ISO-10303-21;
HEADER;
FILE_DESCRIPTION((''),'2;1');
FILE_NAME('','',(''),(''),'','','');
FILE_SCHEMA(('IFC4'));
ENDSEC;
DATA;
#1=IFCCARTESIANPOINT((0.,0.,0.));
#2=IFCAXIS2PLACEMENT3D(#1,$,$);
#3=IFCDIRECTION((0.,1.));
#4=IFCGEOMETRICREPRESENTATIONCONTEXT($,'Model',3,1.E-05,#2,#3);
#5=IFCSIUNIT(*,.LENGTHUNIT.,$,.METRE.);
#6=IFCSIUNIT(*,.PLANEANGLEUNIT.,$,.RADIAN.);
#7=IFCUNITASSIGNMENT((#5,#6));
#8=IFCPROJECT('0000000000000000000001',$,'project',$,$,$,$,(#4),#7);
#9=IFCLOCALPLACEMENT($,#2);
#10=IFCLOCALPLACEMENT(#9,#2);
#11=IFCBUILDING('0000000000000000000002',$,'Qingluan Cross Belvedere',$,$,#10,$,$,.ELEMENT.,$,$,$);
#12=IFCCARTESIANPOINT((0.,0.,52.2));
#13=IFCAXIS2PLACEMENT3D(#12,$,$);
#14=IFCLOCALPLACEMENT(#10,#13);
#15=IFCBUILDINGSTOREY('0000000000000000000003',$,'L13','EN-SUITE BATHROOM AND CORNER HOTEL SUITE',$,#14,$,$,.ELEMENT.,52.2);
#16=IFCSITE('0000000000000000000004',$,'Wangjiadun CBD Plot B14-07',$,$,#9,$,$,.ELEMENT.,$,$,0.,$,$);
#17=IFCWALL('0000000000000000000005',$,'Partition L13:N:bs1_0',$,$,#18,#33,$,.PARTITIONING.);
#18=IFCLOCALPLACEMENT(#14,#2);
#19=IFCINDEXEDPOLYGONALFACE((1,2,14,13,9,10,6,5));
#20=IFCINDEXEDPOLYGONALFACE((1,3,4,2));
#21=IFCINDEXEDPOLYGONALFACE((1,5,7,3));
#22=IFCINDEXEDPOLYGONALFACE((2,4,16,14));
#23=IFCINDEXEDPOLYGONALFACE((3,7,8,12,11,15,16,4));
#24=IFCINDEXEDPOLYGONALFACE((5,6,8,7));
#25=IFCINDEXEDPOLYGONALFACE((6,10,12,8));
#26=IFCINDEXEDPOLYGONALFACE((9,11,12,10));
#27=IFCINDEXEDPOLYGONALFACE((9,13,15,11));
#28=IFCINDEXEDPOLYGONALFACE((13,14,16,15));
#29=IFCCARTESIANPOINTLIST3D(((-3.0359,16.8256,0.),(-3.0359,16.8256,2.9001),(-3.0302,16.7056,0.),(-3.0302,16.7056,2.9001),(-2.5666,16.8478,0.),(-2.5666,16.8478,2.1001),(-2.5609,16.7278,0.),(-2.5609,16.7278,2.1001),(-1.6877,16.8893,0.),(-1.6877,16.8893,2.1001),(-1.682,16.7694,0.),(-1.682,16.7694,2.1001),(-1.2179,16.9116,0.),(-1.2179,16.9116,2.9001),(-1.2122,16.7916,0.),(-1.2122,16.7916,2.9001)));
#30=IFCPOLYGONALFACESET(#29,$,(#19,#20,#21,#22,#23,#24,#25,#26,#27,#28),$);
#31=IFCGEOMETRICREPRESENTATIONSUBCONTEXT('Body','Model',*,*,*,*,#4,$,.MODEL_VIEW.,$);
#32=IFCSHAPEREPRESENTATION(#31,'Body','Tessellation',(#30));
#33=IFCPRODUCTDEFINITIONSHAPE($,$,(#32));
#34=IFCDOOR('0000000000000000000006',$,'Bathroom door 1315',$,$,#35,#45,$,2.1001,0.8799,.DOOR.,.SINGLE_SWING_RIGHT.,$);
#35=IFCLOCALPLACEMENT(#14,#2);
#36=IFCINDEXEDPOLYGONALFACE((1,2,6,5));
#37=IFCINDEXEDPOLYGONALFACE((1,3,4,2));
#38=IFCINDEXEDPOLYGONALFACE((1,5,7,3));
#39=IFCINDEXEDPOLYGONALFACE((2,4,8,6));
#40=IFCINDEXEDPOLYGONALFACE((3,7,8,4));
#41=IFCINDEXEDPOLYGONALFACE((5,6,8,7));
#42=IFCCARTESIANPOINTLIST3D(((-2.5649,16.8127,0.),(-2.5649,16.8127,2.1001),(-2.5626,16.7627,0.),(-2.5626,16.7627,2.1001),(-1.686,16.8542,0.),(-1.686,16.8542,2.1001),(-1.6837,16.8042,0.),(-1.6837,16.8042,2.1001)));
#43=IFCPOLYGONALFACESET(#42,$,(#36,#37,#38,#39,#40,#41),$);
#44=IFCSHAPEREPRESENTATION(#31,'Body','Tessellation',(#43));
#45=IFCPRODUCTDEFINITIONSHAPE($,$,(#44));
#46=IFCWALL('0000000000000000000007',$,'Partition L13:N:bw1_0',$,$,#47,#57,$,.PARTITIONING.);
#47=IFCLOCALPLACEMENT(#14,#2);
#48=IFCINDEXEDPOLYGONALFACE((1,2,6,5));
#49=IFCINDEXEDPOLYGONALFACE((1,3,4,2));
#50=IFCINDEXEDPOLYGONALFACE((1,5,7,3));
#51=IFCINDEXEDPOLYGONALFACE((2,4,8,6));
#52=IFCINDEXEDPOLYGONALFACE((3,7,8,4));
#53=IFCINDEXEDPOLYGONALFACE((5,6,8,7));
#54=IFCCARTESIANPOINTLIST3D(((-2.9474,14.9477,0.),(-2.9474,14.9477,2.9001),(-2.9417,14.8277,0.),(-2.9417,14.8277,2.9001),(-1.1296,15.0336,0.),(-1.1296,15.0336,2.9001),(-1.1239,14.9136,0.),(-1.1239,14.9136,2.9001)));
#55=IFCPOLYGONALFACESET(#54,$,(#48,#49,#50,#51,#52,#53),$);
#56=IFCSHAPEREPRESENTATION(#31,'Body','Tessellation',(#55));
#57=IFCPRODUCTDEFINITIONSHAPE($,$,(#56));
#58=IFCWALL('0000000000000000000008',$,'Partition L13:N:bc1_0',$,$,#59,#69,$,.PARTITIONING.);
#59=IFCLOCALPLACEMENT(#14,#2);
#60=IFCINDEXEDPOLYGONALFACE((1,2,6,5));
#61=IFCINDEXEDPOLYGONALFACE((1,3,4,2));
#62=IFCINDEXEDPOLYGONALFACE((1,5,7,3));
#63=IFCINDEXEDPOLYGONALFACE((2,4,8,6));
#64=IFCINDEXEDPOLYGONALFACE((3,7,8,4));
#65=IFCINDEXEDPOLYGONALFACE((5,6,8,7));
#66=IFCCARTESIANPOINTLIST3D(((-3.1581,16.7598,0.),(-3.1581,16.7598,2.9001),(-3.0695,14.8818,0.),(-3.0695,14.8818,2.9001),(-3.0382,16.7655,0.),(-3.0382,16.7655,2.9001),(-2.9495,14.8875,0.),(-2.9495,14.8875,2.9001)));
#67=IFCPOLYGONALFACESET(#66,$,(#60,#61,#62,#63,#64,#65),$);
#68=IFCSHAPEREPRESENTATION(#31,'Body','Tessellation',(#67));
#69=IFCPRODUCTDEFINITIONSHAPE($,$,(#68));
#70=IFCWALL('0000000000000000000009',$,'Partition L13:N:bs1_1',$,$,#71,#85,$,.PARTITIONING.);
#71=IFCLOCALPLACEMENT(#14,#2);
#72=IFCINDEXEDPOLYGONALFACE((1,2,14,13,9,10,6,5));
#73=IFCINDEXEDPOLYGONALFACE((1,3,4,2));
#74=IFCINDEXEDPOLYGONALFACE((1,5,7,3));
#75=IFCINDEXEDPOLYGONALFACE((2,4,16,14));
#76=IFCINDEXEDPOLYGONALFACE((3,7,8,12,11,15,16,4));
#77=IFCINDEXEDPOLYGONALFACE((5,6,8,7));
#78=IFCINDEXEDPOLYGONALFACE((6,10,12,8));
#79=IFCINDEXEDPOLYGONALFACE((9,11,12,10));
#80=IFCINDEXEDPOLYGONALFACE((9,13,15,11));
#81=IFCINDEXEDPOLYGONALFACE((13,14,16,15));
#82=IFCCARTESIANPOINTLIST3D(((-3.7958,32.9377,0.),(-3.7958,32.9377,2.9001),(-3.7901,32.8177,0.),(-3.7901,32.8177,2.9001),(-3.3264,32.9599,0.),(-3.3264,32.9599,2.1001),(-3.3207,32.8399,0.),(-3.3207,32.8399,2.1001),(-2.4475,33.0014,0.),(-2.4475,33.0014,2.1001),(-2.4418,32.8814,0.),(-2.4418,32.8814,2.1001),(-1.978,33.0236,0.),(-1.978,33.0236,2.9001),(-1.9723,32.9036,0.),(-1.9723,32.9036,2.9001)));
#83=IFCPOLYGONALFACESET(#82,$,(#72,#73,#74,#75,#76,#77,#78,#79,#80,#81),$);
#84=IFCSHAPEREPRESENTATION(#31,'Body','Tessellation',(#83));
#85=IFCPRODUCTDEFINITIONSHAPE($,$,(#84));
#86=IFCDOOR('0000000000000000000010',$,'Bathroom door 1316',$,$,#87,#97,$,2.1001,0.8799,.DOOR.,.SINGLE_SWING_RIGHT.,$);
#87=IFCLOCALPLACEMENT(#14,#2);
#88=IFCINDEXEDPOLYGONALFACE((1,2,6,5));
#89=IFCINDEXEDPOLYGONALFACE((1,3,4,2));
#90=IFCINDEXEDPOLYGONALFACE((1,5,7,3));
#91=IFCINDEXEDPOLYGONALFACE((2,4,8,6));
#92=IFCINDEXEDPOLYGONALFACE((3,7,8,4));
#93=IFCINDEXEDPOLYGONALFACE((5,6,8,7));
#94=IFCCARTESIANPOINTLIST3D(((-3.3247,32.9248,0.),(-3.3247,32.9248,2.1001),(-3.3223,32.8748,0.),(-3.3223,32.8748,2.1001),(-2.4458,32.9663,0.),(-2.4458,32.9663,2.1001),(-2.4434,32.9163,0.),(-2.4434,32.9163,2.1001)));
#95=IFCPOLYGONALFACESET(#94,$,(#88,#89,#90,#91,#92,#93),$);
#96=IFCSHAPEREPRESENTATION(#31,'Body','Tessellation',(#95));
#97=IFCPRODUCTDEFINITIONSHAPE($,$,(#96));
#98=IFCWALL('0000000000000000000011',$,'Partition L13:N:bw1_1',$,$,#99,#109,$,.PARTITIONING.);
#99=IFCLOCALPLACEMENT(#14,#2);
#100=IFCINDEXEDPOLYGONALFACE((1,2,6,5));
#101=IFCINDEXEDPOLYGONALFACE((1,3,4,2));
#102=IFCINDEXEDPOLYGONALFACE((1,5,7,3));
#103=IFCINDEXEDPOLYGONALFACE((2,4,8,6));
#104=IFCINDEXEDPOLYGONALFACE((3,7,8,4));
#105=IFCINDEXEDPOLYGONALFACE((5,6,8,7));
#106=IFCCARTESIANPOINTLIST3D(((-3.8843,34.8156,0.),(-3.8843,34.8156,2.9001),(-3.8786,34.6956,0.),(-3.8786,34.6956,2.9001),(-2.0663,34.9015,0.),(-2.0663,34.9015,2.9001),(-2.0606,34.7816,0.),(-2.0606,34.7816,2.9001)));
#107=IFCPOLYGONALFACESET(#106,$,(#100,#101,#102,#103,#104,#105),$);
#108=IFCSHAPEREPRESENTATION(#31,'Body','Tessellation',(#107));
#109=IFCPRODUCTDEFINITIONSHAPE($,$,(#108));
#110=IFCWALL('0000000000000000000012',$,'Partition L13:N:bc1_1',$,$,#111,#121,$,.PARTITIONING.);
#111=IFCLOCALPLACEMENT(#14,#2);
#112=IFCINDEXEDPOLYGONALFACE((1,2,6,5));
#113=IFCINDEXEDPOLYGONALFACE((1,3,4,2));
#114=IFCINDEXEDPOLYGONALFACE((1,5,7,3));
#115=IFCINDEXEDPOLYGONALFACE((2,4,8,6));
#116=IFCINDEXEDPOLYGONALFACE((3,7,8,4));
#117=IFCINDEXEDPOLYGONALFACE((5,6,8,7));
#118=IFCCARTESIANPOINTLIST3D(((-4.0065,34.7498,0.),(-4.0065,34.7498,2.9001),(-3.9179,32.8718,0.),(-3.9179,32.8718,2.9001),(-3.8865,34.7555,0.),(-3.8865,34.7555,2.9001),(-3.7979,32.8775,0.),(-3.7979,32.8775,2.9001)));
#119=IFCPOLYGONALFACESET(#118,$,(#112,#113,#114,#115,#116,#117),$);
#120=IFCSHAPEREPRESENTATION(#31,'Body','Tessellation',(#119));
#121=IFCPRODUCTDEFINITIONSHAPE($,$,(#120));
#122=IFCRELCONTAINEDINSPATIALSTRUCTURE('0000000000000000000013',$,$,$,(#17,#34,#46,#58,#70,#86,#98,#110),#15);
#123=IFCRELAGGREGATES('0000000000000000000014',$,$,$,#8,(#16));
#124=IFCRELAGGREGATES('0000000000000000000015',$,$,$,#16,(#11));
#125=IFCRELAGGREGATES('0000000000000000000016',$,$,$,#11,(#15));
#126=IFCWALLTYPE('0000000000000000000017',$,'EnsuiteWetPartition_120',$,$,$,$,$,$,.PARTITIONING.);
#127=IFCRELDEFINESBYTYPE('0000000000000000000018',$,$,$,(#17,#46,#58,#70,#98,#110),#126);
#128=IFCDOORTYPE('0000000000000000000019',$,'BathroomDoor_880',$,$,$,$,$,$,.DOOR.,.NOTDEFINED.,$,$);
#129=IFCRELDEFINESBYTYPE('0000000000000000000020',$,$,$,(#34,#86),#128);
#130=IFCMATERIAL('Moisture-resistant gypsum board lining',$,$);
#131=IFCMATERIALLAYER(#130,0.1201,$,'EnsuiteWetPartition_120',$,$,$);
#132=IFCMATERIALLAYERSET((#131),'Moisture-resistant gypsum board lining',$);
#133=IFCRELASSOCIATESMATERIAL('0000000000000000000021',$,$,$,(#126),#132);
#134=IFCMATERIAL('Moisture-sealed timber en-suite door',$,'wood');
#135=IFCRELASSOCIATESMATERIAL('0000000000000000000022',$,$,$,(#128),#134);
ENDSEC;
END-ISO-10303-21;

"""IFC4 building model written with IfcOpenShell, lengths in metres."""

from ifc_helpers import new_model, si_unit, direction, frame, frame_2d, origin, place, context, subcontext, project, spatial, rectangle, extrude, material, layer, layer_set, type_object, element, fill, save


model = new_model("IFC4")

# Units and contexts
model_context = context("Model", 3, precision=1e-05, world=origin(), true_north=direction((0.0, 1.0)))
body_context = subcontext(model_context, "Body", "Model", "MODEL_VIEW")
ifc_project = project(units=[si_unit("LENGTHUNIT", "METRE"), si_unit("PLANEANGLEUNIT", "RADIAN")], contexts=[model_context])

# Site, building, storey
site_placement = place(None, origin())
site = spatial("IfcSite", under=ifc_project, at=site_placement, Name="Wangjiadun CBD Plot B14-07", CompositionType="ELEMENT", RefElevation=0.0)
building_placement = place(site_placement, origin())
building = spatial("IfcBuilding", under=site, at=building_placement, Name="Qingluan Cross Belvedere", CompositionType="ELEMENT")
storey_placement = place(building_placement, frame((0.0, 0.0, 52.2)))
storey = spatial("IfcBuildingStorey", under=building, at=storey_placement, Name="L13", Description="EN-SUITE BATHROOM AND CORNER HOTEL SUITE", CompositionType="ELEMENT", Elevation=52.2)

# Wall, opening, door
ifc_material_1 = material(Name="Moisture-resistant gypsum board lining")
ifc_layer_1 = layer(ifc_material_1, 0.1201, Name="EnsuiteWetPartition_120")
ifc_layer_set_1 = layer_set([ifc_layer_1], Name="Moisture-resistant gypsum board lining")
wall_type_1 = type_object("IfcWallType", Name="EnsuiteWetPartition_120", PredefinedType="PARTITIONING", material=ifc_layer_set_1)
wall_1_placement = place(storey_placement, frame((-3.0332, 16.7656, 0.0), z_axis=(0.0, 0.0, 1.0), x_axis=(0.998885, 0.047215, 0.0)))
wall_1 = element("IfcWall", 1, at=wall_1_placement, inside=storey, type_object=wall_type_1, Name="Partition L13:N:bs1_0", PredefinedType="PARTITIONING", context=body_context, shape_type="SweptSolid", body=[
    extrude(rectangle(XDim=1.8201, YDim=0.1201, at=frame_2d((0.9102, 0.0))), origin(), (0.0, 0.0, 1.0), 2.9001),
])
opening_1_placement = place(wall_1_placement, frame((0.47, 0.0, 0.0)))
opening_1 = element("IfcOpeningElement", 2, at=opening_1_placement, cuts=wall_1, PredefinedType="OPENING", context=body_context, shape_type="SweptSolid", body=[
    extrude(rectangle(XDim=0.8799, YDim=2.1001, at=frame_2d((0.4399, 1.05))), frame((0.0, 0.0701, 0.0), z_axis=(0.0, -1.0, 0.0), x_axis=(1.0, 0.0, 0.0)), (0.0, 0.0, 1.0), 0.1401),
])
ifc_material_2 = material(Name="Moisture-sealed timber en-suite door", Category="wood")
door_type = type_object("IfcDoorType", Name="BathroomDoor_880", OperationType="NOTDEFINED", PredefinedType="DOOR", material=ifc_material_2)
door_1_placement = place(opening_1_placement, origin())
door_1 = element("IfcDoor", 3, at=door_1_placement, inside=storey, type_object=door_type, Name="Bathroom door 1315", OperationType="SINGLE_SWING_RIGHT", OverallHeight=2.1001, OverallWidth=0.8799, PredefinedType="DOOR", context=body_context, shape_type="SweptSolid", body=[
    extrude(rectangle(XDim=0.8799, YDim=2.1001, at=frame_2d((0.4399, 1.05))), frame((0.0, 0.0249, 0.0), z_axis=(0.0, -1.0, 0.0), x_axis=(1.0, 0.0, 0.0)), (0.0, 0.0, 1.0), 0.05),
])
fill(opening_1, door_1)

# Walls
wall_2_placement = place(storey_placement, frame((-2.9446, 14.8877, 0.0), z_axis=(0.0, 0.0, 1.0), x_axis=(0.998884, 0.047221, 0.0)))
element("IfcWall", 4, at=wall_2_placement, inside=storey, type_object=wall_type_1, Name="Partition L13:N:bw1_0", PredefinedType="PARTITIONING", context=body_context, shape_type="SweptSolid", body=[
    extrude(rectangle(XDim=1.8198, YDim=0.1201, at=frame_2d((0.9099, 0.0))), origin(), (0.0, 0.0, 1.0), 2.9001),
])
wall_3_placement = place(storey_placement, frame((-3.0095, 14.8848, 0.0), z_axis=(0.0, 0.0, 1.0), x_axis=(-0.047139, 0.998888, 0.0)))
element("IfcWall", 5, at=wall_3_placement, inside=storey, type_object=wall_type_1, Name="Partition L13:N:bc1_0", PredefinedType="PARTITIONING", context=body_context, shape_type="SweptSolid", body=[
    extrude(rectangle(XDim=1.8801, YDim=0.1201, at=frame_2d((0.9399, 0.0))), origin(), (0.0, 0.0, 1.0), 2.9001),
])

# Wall, opening, door
wall_4_placement = place(storey_placement, frame((-3.793, 32.8777, 0.0), z_axis=(0.0, 0.0, 1.0), x_axis=(0.998884, 0.047221, 0.0)))
wall_4 = element("IfcWall", 6, at=wall_4_placement, inside=storey, type_object=wall_type_1, Name="Partition L13:N:bs1_1", PredefinedType="PARTITIONING", context=body_context, shape_type="SweptSolid", body=[
    extrude(rectangle(XDim=1.8198, YDim=0.1201, at=frame_2d((0.9099, 0.0))), origin(), (0.0, 0.0, 1.0), 2.9001),
])
opening_2_placement = place(wall_4_placement, frame((0.47, 0.0, 0.0)))
opening_2 = element("IfcOpeningElement", 7, at=opening_2_placement, cuts=wall_4, PredefinedType="OPENING", context=body_context, shape_type="SweptSolid", body=[
    extrude(rectangle(XDim=0.8799, YDim=2.1001, at=frame_2d((0.4399, 1.05))), frame((0.0, 0.0701, 0.0), z_axis=(0.0, -1.0, 0.0), x_axis=(1.0, 0.0, 0.0)), (0.0, 0.0, 1.0), 0.1401),
])
door_2_placement = place(opening_2_placement, origin())
door_2 = element("IfcDoor", 8, at=door_2_placement, inside=storey, type_object=door_type, Name="Bathroom door 1316", OperationType="SINGLE_SWING_RIGHT", OverallHeight=2.1001, OverallWidth=0.8799, PredefinedType="DOOR", context=body_context, shape_type="SweptSolid", body=[
    extrude(rectangle(XDim=0.8799, YDim=2.1001, at=frame_2d((0.4399, 1.05))), frame((0.0, 0.0249, 0.0), z_axis=(0.0, -1.0, 0.0), x_axis=(1.0, 0.0, 0.0)), (0.0, 0.0, 1.0), 0.05),
])
fill(opening_2, door_2)

# Walls
wall_5_placement = place(storey_placement, frame((-3.8816, 34.7556, 0.0), z_axis=(0.0, 0.0, 1.0), x_axis=(0.998885, 0.047215, 0.0)))
element("IfcWall", 9, at=wall_5_placement, inside=storey, type_object=wall_type_1, Name="Partition L13:N:bw1_1", PredefinedType="PARTITIONING", context=body_context, shape_type="SweptSolid", body=[
    extrude(rectangle(XDim=1.8201, YDim=0.1201, at=frame_2d((0.9102, 0.0))), origin(), (0.0, 0.0, 1.0), 2.9001),
])
wall_6_placement = place(storey_placement, frame((-3.8579, 32.8748, 0.0), z_axis=(0.0, 0.0, 1.0), x_axis=(-0.047139, 0.998888, 0.0)))
element("IfcWall", 10, at=wall_6_placement, inside=storey, type_object=wall_type_1, Name="Partition L13:N:bc1_1", PredefinedType="PARTITIONING", context=body_context, shape_type="SweptSolid", body=[
    extrude(rectangle(XDim=1.8801, YDim=0.1201, at=frame_2d((0.9399, 0.0))), origin(), (0.0, 0.0, 1.0), 2.9001),
])

save(model, "model.ifc")
